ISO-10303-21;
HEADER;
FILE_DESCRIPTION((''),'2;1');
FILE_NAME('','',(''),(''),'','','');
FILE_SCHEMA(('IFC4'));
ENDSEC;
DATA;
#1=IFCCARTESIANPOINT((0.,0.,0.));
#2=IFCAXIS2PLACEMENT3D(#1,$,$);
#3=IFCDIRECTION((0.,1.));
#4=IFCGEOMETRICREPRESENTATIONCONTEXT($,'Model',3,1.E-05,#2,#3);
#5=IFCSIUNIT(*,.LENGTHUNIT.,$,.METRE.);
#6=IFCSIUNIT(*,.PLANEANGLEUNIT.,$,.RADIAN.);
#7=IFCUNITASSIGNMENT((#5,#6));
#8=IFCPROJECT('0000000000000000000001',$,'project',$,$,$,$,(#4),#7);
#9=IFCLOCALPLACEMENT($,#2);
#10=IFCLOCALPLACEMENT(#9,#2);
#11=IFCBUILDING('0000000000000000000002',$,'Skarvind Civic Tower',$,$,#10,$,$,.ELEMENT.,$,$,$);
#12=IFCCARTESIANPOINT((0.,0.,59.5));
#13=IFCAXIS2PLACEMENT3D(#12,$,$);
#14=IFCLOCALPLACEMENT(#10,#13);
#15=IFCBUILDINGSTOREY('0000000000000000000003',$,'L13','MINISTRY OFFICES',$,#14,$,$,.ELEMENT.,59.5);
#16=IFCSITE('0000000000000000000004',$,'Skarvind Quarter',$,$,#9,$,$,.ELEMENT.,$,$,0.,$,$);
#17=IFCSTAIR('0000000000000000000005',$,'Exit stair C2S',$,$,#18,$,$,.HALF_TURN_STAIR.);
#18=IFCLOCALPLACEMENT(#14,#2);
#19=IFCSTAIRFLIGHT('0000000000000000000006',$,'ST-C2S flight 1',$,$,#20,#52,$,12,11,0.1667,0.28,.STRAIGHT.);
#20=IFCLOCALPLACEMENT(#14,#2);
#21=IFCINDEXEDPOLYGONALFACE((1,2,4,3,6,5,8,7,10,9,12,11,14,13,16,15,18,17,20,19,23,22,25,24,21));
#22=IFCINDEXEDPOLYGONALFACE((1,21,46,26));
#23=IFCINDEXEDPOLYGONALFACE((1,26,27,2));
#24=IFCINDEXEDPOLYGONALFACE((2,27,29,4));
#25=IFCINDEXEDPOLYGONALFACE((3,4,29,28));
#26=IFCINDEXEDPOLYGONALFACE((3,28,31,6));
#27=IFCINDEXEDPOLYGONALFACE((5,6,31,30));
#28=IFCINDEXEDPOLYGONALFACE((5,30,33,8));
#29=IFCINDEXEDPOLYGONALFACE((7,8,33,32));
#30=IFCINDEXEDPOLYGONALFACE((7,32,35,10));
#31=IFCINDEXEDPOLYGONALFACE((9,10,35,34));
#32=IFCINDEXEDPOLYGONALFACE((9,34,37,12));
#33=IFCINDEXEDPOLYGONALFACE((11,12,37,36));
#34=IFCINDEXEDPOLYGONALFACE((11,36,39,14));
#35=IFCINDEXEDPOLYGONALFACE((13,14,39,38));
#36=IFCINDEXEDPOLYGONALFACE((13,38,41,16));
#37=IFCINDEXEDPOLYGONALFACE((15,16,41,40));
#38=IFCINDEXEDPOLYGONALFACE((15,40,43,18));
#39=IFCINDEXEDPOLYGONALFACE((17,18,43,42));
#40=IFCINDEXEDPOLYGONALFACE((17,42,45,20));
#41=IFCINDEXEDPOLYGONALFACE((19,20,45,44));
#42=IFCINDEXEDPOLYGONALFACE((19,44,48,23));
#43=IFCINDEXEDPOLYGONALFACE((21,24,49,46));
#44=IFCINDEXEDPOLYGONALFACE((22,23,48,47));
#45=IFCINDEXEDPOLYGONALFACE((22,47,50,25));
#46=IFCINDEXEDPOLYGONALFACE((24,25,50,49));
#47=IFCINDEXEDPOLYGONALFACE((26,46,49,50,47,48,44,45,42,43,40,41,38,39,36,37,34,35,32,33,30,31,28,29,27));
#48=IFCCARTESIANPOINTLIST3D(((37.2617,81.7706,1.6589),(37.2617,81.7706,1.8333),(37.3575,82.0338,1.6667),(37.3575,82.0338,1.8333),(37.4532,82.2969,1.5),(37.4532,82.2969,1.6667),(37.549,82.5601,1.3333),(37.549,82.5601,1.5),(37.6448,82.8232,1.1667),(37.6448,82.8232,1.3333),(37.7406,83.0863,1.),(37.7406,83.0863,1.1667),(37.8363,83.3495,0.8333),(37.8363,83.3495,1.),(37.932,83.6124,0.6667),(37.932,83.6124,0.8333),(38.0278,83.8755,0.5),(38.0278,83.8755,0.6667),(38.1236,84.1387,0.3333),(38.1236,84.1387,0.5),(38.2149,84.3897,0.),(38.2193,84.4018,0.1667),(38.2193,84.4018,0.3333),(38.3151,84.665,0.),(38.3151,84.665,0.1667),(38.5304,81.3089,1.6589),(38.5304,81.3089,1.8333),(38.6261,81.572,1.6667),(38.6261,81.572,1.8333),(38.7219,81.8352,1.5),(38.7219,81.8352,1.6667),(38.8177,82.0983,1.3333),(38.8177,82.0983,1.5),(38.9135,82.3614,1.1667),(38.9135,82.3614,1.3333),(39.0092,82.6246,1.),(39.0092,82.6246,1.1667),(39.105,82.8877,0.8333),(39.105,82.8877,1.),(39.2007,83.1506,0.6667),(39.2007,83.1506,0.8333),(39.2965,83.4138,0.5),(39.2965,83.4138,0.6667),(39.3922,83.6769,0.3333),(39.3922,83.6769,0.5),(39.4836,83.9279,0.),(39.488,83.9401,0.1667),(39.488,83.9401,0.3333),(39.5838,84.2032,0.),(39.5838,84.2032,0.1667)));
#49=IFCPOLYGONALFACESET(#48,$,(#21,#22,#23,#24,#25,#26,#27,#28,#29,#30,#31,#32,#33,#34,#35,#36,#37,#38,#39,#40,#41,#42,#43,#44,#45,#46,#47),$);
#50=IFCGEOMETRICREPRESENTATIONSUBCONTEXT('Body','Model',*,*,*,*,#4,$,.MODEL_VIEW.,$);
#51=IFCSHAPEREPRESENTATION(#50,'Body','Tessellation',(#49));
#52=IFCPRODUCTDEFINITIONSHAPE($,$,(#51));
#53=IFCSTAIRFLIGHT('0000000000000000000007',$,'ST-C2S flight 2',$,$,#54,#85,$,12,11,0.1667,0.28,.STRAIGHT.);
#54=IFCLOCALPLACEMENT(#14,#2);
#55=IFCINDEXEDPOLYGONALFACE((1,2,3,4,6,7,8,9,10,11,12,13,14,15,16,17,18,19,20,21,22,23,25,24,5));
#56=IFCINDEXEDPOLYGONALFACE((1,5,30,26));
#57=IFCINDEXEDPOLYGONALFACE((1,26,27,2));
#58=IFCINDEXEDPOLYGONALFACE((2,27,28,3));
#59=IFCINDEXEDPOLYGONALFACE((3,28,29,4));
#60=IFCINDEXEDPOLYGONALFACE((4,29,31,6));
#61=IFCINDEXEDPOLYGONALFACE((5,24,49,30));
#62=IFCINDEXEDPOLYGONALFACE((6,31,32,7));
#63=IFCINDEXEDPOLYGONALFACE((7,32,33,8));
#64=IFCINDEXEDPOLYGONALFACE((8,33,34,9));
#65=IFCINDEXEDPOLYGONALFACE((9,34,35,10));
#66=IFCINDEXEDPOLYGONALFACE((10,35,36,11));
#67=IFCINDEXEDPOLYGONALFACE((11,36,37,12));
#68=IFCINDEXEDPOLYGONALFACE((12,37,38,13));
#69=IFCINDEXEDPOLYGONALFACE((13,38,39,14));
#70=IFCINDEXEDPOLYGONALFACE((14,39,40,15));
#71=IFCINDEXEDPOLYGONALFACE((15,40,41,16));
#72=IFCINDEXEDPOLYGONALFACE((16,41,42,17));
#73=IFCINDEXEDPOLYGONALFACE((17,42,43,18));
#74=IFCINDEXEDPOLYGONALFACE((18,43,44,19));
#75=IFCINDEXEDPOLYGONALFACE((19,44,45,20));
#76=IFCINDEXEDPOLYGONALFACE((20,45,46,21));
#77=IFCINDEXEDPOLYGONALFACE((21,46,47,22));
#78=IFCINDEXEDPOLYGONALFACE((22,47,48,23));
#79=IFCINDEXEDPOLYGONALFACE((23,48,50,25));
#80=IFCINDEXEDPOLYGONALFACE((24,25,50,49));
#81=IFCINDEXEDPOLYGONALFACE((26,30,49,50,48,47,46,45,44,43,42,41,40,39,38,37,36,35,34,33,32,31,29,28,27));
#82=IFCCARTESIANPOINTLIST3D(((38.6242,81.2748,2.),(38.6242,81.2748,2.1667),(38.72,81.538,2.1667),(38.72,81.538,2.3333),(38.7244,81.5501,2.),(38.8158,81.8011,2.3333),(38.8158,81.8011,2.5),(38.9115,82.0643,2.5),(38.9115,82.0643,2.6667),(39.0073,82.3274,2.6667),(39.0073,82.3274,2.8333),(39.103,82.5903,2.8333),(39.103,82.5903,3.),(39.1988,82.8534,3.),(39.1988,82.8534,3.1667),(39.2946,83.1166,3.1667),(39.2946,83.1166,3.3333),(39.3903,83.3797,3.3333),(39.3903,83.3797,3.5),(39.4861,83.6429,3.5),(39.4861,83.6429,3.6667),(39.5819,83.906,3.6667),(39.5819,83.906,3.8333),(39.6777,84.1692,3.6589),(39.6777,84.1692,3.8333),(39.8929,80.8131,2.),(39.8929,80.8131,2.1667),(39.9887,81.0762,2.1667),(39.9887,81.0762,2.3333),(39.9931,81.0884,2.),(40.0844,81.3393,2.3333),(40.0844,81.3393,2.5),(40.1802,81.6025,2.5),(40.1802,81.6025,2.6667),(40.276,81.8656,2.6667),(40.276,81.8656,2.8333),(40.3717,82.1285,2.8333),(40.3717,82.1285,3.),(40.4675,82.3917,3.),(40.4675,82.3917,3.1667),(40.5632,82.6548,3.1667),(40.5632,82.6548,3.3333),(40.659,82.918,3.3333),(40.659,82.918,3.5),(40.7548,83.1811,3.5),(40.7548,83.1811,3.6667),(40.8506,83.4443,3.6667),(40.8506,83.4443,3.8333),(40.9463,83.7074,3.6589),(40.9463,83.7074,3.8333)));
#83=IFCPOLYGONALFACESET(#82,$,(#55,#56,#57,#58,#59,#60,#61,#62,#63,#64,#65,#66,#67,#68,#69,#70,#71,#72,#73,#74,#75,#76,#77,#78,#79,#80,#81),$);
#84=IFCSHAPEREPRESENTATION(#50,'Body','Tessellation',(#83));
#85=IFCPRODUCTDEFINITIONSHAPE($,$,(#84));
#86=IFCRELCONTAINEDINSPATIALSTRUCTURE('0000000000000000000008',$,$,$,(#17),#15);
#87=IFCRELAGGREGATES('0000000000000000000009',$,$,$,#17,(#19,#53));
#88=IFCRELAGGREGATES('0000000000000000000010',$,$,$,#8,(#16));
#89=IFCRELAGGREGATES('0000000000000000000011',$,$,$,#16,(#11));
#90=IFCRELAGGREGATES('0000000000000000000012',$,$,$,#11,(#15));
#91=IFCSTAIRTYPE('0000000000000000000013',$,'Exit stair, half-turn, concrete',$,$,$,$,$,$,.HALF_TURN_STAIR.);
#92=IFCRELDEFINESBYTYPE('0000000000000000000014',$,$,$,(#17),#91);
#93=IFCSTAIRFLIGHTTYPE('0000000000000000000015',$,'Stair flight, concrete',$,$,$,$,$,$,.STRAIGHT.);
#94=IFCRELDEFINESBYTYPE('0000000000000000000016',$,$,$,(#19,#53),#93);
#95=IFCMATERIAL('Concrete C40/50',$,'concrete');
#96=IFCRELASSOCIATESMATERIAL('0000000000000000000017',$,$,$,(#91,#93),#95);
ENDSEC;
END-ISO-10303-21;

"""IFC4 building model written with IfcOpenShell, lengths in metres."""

from ifc_helpers import new_model, si_unit, direction, frame, origin, place, context, subcontext, project, spatial, polyline, outline, extrude, material, type_object, element, aggregate, save


model = new_model("IFC4")

# Units and contexts
model_context = context("Model", 3, precision=1e-05, world=origin(), true_north=direction((0.0, 1.0)))
body_context = subcontext(model_context, "Body", "Model", "MODEL_VIEW")
ifc_project = project(units=[si_unit("LENGTHUNIT", "METRE"), si_unit("PLANEANGLEUNIT", "RADIAN")], contexts=[model_context])

# Site, building, storey
site_placement = place(None, origin())
site = spatial("IfcSite", under=ifc_project, at=site_placement, Name="Skarvind Quarter", CompositionType="ELEMENT", RefElevation=0.0)
building_placement = place(site_placement, origin())
building = spatial("IfcBuilding", under=site, at=building_placement, Name="Skarvind Civic Tower", CompositionType="ELEMENT")
storey_placement = place(building_placement, frame((0.0, 0.0, 59.5)))
storey = spatial("IfcBuildingStorey", under=building, at=storey_placement, Name="L13", Description="MINISTRY OFFICES", CompositionType="ELEMENT", Elevation=59.5)

# Stair, stair flights
ifc_material_1 = material(Name="Concrete C40/50", Category="concrete")
stair_type = type_object("IfcStairType", Name="Exit stair, half-turn, concrete", PredefinedType="HALF_TURN_STAIR", material=ifc_material_1)
stair_placement = place(storey_placement, origin())
stair = element("IfcStair", 1, at=stair_placement, inside=storey, type_object=stair_type, Name="Exit stair C2S", PredefinedType="HALF_TURN_STAIR")
stair_flight_type = type_object("IfcStairFlightType", Name="Stair flight, concrete", PredefinedType="STRAIGHT", material=ifc_material_1)
stair_flight_1_placement = place(storey_placement, frame((38.9495, 84.4341, 0.0), z_axis=(0.0, 0.0, 1.0), x_axis=(-0.34202, -0.939693, 0.0)))
stair_flight_1 = element("IfcStairFlight", 2, at=stair_flight_1_placement, type_object=stair_flight_type, Name="ST-C2S flight 1", NumberOfRisers=12, NumberOfTreads=11, PredefinedType="STRAIGHT", RiserHeight=0.1667, TreadLength=0.28, context=body_context, shape_type="SweptSolid", body=[
    extrude(outline(polyline([(0.0, 0.0), (0.0, 0.1667), (0.28, 0.1667), (0.28, 0.3333), (0.5601, 0.3333), (0.5601, 0.5), (0.8401, 0.5), (0.8401, 0.6667), (1.1201, 0.6667), (1.1201, 0.8333), (1.3999, 0.8333), (1.3999, 1.0), (1.6799, 1.0), (1.6799, 1.1667), (1.96, 1.1667), (1.96, 1.3333), (2.24, 1.3333), (2.24, 1.5), (2.52, 1.5), (2.52, 1.6667), (2.8, 1.6667), (2.8, 1.8333), (3.0801, 1.8333), (3.0801, 2.0), (3.0801, 1.6589), (0.293, 0.0), (0.0, 0.0)])), frame((0.0, 0.675, 0.0), z_axis=(0.0, -1.0, 0.0), x_axis=(1.0, 0.0, 0.0)), (0.0, 0.0, 1.0), 1.3501),
])
stair_flight_2_placement = place(storey_placement, frame((39.2585, 81.0439, 2.0), z_axis=(0.0, 0.0, 1.0), x_axis=(0.34202, 0.939693, 0.0)))
stair_flight_2 = element("IfcStairFlight", 3, at=stair_flight_2_placement, type_object=stair_flight_type, Name="ST-C2S flight 2", NumberOfRisers=12, NumberOfTreads=11, PredefinedType="STRAIGHT", RiserHeight=0.1667, TreadLength=0.28, context=body_context, shape_type="SweptSolid", body=[
    extrude(outline(polyline([(0.0, 0.0), (0.0, 0.1667), (0.28, 0.1667), (0.28, 0.3333), (0.5601, 0.3333), (0.5601, 0.5), (0.8401, 0.5), (0.8401, 0.6667), (1.1201, 0.6667), (1.1201, 0.8333), (1.3999, 0.8333), (1.3999, 1.0), (1.6799, 1.0), (1.6799, 1.1667), (1.96, 1.1667), (1.96, 1.3333), (2.24, 1.3333), (2.24, 1.5), (2.52, 1.5), (2.52, 1.6667), (2.8, 1.6667), (2.8, 1.8333), (3.0801, 1.8333), (3.0801, 2.0), (3.0801, 1.6589), (0.293, 0.0), (0.0, 0.0)])), frame((0.0, 0.675, 0.0), z_axis=(0.0, -1.0, 0.0), x_axis=(1.0, 0.0, 0.0)), (0.0, 0.0, 1.0), 1.3501),
])
aggregate(stair, [stair_flight_1, stair_flight_2])

save(model, "model.ifc")
